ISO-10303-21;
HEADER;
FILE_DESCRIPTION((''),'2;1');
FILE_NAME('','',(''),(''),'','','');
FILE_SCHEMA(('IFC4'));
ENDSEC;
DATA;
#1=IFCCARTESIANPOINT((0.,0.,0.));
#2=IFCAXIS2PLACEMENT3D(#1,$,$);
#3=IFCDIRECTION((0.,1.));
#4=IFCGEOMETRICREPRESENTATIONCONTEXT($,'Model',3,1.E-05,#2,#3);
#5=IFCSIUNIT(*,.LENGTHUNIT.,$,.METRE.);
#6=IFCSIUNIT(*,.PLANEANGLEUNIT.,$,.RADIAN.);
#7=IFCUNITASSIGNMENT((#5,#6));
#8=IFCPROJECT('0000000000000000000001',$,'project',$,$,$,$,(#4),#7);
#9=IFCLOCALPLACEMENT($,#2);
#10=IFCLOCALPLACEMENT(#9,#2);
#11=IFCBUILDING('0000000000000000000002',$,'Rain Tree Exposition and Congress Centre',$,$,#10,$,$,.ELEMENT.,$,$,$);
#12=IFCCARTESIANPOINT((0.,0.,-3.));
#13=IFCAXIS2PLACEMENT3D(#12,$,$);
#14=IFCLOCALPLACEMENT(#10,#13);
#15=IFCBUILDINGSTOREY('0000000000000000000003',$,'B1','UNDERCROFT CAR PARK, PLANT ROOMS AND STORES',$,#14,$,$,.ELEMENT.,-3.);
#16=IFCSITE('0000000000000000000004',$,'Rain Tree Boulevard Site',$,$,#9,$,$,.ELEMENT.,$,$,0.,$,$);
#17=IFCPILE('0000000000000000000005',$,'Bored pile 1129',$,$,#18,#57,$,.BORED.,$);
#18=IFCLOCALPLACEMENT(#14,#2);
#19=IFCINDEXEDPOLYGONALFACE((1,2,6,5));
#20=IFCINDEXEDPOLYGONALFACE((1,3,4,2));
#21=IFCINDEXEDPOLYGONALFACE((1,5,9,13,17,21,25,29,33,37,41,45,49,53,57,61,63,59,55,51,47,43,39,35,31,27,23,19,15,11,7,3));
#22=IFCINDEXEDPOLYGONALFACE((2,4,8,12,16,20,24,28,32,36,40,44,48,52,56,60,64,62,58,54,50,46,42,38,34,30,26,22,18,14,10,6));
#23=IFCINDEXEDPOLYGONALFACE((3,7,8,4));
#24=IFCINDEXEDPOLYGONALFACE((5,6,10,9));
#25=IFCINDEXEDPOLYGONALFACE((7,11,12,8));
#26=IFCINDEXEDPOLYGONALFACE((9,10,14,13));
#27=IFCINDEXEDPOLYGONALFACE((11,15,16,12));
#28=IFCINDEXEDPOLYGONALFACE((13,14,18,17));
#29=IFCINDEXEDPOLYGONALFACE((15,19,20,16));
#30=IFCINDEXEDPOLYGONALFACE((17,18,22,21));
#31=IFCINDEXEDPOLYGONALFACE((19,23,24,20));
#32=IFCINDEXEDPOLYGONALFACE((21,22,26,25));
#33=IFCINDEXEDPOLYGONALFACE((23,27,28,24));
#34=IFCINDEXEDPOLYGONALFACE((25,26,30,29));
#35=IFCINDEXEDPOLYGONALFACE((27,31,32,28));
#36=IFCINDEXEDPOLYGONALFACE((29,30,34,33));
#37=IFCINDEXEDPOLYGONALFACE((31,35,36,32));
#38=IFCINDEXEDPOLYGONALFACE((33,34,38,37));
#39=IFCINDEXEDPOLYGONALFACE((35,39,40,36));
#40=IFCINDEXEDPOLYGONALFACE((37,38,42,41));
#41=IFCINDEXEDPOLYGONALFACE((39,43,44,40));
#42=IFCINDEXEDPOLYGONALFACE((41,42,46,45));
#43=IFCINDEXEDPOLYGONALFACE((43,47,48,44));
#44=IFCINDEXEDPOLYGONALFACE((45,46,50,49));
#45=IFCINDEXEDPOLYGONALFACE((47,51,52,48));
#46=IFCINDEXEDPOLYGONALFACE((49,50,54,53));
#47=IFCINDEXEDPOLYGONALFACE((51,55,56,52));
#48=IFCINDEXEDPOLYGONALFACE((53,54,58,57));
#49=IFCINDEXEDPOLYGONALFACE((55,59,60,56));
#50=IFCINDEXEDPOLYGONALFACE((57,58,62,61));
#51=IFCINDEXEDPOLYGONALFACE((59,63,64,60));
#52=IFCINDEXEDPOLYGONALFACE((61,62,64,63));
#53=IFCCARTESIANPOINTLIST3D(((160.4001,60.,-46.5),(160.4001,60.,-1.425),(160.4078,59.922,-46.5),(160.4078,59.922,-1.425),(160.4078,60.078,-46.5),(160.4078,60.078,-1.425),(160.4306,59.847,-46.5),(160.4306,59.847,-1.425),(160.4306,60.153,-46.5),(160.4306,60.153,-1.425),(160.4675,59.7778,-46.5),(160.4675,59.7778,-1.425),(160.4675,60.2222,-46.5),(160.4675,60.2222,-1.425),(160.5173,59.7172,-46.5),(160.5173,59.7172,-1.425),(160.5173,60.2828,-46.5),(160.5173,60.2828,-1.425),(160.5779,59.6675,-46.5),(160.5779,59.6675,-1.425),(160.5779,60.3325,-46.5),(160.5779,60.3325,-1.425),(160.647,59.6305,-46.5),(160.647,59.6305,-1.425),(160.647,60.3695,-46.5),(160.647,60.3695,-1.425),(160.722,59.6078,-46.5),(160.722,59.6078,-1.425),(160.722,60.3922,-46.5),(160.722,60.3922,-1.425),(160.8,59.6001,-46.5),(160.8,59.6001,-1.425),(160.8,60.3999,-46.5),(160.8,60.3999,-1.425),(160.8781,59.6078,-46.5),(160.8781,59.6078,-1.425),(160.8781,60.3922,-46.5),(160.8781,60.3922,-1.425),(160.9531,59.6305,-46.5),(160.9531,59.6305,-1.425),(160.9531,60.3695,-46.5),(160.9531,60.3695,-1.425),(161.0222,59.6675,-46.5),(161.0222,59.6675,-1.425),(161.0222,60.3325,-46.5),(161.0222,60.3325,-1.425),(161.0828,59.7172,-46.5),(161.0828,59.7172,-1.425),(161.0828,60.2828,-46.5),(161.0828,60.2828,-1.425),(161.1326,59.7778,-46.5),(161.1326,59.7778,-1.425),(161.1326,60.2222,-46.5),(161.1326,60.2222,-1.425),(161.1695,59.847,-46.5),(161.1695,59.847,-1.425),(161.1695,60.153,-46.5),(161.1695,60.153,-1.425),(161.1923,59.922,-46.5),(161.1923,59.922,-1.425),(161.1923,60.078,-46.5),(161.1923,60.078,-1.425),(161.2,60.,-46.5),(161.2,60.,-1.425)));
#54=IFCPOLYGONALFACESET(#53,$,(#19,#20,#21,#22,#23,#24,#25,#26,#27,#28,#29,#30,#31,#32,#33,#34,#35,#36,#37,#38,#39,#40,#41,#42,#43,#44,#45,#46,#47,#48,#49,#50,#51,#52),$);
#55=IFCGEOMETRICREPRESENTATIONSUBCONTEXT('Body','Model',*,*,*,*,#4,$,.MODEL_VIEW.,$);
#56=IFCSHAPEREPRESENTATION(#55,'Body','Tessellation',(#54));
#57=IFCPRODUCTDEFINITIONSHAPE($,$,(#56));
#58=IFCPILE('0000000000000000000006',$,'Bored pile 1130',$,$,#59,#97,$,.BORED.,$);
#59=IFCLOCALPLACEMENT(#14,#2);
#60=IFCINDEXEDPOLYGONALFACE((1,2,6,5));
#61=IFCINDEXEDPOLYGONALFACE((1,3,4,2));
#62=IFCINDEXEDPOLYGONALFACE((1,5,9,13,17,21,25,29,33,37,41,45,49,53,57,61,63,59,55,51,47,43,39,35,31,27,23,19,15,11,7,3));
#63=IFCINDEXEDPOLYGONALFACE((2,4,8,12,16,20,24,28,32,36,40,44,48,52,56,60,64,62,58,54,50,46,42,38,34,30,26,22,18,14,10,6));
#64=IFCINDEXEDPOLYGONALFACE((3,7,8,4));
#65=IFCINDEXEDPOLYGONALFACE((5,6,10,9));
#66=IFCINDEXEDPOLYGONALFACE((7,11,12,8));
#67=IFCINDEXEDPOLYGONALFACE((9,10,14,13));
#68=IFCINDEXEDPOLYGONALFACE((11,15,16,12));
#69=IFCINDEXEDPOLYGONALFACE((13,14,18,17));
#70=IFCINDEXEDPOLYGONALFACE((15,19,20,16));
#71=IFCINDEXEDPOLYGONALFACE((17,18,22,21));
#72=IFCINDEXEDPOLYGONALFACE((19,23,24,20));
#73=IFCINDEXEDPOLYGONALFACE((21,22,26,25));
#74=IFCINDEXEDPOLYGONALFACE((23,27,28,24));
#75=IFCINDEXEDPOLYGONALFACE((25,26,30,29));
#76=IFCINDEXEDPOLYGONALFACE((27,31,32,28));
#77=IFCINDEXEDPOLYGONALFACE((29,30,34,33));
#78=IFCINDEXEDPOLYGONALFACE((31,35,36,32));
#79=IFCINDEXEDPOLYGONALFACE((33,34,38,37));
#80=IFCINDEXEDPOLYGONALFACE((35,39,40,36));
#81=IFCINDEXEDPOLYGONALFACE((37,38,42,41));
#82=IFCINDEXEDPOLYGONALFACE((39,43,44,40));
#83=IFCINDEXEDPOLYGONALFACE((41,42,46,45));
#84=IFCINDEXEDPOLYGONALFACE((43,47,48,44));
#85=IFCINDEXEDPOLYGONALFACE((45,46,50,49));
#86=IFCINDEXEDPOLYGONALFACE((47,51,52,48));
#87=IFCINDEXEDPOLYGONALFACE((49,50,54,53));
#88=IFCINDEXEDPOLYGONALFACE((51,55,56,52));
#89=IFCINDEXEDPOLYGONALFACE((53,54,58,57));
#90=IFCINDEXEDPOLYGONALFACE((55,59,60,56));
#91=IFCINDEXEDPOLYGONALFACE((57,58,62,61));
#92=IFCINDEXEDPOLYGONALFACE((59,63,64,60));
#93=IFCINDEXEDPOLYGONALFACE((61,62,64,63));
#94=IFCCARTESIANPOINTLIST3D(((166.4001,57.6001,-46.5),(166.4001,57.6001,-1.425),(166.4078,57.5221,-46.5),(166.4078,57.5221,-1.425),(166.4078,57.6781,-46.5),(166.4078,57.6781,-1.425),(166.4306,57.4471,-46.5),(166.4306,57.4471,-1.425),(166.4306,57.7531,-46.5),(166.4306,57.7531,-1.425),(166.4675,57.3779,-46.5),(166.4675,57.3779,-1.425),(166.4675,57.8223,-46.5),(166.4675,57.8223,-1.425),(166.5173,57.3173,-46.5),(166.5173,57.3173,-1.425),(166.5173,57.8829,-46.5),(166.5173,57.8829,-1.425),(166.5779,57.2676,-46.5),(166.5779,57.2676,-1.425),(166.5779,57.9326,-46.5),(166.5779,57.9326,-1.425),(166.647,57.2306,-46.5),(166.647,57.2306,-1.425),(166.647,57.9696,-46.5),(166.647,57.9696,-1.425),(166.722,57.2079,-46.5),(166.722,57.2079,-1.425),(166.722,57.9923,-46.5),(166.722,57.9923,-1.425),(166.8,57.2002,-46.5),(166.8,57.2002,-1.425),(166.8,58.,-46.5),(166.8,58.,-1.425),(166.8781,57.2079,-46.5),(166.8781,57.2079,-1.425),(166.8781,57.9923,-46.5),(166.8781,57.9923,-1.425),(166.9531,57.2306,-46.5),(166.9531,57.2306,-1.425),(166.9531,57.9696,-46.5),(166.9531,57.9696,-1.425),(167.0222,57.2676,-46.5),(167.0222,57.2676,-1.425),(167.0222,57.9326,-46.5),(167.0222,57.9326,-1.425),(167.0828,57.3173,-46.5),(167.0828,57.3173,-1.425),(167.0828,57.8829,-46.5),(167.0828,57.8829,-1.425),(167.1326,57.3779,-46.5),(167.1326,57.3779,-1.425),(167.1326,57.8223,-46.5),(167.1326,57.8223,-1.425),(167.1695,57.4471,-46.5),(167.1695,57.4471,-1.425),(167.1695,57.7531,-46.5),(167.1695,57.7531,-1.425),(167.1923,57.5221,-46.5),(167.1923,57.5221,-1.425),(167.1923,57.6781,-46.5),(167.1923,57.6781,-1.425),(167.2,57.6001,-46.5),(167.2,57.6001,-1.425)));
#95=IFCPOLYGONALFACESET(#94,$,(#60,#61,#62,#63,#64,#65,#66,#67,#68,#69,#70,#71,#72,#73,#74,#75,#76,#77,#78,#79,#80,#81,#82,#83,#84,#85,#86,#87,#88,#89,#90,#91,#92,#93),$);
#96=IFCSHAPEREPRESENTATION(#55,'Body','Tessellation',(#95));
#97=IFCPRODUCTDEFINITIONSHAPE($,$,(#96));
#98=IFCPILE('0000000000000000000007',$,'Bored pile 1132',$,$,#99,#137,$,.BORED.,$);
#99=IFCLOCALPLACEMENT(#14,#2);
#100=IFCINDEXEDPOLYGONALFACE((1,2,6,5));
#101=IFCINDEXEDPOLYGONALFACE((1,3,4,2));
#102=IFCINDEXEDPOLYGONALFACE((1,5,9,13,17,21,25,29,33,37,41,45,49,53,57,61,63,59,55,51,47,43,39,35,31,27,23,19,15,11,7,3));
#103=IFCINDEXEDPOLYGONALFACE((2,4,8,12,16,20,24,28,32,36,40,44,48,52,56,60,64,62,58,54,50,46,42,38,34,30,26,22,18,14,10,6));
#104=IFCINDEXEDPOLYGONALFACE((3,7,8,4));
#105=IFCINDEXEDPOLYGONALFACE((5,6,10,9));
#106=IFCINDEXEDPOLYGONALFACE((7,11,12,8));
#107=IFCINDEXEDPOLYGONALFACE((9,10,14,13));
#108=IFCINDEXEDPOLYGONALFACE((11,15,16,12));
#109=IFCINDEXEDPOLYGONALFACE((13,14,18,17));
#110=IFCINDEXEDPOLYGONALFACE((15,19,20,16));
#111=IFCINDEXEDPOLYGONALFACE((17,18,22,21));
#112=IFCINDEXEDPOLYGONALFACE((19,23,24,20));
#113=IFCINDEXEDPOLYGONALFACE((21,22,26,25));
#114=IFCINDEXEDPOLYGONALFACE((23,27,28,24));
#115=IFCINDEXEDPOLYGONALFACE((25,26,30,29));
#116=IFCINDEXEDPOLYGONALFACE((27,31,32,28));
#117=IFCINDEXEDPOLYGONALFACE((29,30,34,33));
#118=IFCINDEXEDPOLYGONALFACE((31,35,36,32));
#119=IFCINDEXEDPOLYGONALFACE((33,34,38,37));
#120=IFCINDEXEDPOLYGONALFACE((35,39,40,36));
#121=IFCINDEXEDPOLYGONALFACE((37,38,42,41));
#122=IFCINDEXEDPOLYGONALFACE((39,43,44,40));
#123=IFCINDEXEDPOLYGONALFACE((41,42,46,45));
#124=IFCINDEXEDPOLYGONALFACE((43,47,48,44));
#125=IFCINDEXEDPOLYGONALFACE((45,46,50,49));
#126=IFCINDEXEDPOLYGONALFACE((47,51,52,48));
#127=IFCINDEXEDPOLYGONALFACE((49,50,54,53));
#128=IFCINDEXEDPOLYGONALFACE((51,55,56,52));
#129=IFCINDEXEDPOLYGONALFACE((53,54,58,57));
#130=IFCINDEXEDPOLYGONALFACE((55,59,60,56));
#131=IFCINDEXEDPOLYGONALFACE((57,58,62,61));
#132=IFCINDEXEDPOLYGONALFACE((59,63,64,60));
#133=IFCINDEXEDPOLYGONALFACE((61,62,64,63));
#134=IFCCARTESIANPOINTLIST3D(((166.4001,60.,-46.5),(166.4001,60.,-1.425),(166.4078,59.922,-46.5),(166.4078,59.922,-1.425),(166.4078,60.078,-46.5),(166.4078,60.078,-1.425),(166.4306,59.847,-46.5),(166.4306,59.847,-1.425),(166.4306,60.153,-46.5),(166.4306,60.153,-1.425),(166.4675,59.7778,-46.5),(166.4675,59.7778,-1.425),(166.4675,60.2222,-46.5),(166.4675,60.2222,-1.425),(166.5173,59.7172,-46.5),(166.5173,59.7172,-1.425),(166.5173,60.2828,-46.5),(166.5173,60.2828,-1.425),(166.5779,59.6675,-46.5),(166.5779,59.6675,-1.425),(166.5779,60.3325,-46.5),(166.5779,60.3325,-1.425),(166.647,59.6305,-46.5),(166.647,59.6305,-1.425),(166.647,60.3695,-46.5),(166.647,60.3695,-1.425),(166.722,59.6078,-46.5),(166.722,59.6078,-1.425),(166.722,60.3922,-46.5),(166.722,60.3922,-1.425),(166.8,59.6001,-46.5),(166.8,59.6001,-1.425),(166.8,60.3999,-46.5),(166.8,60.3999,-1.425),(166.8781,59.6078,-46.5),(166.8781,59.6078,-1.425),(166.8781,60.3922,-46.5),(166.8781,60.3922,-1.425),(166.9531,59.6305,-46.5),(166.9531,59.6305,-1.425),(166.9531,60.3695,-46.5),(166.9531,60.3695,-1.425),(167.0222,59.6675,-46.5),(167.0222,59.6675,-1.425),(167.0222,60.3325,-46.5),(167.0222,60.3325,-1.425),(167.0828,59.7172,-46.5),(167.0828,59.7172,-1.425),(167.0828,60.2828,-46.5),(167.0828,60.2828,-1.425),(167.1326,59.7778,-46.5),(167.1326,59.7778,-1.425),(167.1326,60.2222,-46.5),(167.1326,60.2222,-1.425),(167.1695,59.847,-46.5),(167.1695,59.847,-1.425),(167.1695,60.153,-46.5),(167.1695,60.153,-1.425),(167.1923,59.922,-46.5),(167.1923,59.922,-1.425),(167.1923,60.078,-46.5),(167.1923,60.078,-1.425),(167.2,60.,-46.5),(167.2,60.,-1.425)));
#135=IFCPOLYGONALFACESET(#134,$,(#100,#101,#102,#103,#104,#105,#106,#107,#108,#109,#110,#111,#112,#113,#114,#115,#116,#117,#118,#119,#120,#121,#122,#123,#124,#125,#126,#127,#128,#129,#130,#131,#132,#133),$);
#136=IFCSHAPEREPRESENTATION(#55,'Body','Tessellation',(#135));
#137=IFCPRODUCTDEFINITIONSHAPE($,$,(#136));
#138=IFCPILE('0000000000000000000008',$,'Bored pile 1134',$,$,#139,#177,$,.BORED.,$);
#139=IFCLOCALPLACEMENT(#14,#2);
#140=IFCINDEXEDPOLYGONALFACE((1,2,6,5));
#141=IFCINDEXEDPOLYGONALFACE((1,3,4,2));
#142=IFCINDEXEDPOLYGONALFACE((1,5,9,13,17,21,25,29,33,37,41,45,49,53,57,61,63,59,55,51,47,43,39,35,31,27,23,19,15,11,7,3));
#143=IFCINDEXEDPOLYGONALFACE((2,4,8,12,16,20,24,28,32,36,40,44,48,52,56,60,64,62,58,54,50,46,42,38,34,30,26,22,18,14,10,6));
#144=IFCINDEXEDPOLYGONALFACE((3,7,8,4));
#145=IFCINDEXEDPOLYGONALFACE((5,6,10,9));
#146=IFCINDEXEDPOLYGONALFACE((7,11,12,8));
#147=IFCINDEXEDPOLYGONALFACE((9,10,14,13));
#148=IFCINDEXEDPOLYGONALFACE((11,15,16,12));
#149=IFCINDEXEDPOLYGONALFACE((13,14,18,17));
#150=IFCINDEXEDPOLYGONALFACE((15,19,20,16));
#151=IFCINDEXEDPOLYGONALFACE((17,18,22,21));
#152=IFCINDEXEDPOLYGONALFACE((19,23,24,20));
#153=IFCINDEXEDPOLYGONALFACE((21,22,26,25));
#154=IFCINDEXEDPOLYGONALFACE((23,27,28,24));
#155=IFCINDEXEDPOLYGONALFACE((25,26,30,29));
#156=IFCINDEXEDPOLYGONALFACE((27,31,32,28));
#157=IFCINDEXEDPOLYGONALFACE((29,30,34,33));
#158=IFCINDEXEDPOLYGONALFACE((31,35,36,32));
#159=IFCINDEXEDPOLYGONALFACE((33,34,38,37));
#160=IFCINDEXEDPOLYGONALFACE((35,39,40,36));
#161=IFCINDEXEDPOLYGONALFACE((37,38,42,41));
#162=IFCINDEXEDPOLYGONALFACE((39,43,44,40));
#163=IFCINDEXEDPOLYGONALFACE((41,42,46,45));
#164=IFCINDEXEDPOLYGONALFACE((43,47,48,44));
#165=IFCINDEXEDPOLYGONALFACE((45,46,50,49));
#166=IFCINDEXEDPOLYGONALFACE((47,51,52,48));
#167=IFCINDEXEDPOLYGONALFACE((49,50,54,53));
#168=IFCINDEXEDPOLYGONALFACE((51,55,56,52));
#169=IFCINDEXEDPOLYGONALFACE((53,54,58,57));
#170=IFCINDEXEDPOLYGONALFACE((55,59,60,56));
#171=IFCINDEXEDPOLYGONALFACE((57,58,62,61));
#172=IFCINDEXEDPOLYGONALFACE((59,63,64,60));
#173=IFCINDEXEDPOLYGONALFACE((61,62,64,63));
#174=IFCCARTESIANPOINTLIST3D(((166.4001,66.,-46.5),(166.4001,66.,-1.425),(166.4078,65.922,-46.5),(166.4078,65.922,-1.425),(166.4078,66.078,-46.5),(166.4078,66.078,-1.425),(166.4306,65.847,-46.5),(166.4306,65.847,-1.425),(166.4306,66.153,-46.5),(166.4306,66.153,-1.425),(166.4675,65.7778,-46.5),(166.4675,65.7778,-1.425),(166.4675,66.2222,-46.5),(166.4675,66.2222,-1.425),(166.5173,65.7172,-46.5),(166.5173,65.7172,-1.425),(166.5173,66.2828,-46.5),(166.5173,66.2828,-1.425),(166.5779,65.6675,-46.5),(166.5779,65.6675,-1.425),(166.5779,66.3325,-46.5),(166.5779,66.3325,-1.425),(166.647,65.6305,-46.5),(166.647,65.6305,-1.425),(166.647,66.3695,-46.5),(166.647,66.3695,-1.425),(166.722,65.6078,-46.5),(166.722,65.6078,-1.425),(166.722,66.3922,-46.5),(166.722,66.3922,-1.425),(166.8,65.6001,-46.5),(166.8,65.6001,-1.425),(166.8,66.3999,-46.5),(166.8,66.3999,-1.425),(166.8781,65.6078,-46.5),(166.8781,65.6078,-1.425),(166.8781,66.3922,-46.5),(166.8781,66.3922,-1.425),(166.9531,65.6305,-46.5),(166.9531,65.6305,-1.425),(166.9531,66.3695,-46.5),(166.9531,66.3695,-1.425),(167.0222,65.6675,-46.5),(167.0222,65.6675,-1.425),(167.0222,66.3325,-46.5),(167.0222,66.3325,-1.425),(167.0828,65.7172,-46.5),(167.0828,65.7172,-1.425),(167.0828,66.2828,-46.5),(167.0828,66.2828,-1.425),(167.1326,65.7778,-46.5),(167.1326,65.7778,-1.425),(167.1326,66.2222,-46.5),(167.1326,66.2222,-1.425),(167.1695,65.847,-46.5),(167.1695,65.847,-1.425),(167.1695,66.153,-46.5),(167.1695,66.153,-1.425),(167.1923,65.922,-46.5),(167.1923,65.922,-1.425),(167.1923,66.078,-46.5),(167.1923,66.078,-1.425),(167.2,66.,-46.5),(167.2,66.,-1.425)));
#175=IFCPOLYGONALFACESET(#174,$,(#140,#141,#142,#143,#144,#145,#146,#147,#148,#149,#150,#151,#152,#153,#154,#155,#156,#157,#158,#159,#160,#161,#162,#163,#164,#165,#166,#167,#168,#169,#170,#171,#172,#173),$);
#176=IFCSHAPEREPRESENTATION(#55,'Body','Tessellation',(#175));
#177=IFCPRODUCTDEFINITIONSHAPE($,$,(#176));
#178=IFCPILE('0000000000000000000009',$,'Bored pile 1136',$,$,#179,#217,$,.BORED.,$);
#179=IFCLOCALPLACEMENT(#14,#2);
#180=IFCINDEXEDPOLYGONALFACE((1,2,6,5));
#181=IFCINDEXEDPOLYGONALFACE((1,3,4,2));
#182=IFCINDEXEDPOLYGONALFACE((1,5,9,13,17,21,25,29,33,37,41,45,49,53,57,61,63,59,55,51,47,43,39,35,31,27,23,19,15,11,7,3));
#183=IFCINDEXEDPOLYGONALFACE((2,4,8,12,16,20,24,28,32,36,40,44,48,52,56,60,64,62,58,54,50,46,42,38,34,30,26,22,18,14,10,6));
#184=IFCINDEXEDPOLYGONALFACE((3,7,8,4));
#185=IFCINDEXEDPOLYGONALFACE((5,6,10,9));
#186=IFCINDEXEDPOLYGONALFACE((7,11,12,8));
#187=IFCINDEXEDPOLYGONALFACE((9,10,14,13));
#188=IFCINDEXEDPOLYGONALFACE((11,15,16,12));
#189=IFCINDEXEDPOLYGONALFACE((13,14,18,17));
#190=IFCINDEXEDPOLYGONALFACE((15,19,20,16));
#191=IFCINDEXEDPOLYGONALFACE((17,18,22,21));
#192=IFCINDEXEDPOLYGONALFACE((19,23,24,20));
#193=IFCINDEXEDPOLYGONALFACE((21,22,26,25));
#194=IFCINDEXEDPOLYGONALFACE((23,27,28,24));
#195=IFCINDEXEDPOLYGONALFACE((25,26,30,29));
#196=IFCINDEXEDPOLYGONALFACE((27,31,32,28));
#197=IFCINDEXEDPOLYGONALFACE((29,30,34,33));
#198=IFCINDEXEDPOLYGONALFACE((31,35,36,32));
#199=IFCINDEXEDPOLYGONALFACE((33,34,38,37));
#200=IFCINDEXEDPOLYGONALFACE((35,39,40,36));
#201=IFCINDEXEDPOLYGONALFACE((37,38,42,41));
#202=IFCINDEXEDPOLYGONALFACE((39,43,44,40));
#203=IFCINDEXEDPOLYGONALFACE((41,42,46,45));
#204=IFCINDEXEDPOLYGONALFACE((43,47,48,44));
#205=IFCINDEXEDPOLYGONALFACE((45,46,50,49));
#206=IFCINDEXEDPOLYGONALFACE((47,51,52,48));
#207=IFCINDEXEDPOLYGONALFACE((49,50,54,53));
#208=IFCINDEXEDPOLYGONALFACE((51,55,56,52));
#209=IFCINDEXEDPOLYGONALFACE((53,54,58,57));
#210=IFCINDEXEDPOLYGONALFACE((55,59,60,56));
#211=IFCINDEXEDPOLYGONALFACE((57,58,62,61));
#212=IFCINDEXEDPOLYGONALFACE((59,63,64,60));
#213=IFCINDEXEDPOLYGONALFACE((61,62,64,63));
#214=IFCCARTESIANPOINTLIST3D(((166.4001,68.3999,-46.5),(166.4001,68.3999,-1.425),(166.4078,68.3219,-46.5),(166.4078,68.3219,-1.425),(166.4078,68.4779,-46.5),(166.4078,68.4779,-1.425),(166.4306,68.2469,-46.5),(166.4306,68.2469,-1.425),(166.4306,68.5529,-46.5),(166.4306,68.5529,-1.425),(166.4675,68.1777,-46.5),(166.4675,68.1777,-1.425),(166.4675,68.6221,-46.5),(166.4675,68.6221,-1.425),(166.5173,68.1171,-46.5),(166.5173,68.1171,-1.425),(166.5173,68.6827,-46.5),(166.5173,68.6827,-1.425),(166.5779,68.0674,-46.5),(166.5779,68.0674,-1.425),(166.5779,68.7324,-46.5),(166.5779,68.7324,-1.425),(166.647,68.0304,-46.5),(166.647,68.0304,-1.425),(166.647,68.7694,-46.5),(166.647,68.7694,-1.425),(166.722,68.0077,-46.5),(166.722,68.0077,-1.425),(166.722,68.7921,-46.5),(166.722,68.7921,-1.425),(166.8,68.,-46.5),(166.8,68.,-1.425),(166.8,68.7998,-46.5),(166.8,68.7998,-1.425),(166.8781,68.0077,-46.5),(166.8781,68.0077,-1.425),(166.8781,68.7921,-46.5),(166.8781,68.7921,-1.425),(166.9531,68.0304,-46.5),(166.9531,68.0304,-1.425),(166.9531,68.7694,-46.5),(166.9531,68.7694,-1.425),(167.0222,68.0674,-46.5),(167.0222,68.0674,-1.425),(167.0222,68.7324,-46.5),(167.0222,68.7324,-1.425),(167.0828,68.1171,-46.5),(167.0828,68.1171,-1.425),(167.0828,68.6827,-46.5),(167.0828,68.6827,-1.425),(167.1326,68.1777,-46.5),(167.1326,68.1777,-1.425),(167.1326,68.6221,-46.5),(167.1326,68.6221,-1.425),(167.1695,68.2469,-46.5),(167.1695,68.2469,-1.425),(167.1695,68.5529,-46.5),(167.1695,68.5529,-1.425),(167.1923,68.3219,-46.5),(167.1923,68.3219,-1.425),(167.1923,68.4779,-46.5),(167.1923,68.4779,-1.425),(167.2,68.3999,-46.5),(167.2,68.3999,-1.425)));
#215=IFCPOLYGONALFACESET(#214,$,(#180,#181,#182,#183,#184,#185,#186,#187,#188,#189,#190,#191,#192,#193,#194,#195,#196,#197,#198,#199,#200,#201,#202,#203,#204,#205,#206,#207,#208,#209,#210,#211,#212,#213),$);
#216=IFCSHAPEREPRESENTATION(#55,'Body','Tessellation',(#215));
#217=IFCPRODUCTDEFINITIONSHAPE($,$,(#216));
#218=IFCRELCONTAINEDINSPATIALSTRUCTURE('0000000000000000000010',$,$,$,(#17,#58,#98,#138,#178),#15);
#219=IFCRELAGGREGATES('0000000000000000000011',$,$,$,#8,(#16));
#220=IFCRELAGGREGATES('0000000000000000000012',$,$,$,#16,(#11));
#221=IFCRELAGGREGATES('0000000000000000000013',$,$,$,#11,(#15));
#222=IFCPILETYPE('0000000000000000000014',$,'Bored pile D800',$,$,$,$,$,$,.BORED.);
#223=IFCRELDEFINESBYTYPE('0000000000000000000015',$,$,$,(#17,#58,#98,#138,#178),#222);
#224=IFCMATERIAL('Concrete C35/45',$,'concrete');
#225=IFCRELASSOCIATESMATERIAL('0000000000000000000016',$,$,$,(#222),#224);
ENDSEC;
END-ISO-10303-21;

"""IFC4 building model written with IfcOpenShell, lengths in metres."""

from ifc_helpers import new_model, si_unit, direction, frame, origin, origin_2d, place, context, subcontext, project, spatial, circle, extrude, material, material_profile, profile_set, type_object, element, save


model = new_model("IFC4")

# Units and contexts
model_context = context("Model", 3, precision=1e-05, world=origin(), true_north=direction((0.0, 1.0)))
body_context = subcontext(model_context, "Body", "Model", "MODEL_VIEW")
ifc_project = project(units=[si_unit("LENGTHUNIT", "METRE"), si_unit("PLANEANGLEUNIT", "RADIAN")], contexts=[model_context])

# Site, building, storey
site_placement = place(None, origin())
site = spatial("IfcSite", under=ifc_project, at=site_placement, Name="Rain Tree Boulevard Site", CompositionType="ELEMENT", RefElevation=0.0)
building_placement = place(site_placement, origin())
building = spatial("IfcBuilding", under=site, at=building_placement, Name="Rain Tree Exposition and Congress Centre", CompositionType="ELEMENT")
storey_placement = place(building_placement, frame((0.0, 0.0, -3.0)))
storey = spatial("IfcBuildingStorey", under=building, at=storey_placement, Name="B1", Description="UNDERCROFT CAR PARK, PLANT ROOMS AND STORES", CompositionType="ELEMENT", Elevation=-3.0)

# Piles
ifc_material_1 = material(Name="Concrete C35/45", Category="concrete")
ifc_material_profile_1 = material_profile(ifc_material_1, circle(Radius=0.3999, at=origin_2d()), Name="D800")
ifc_profile_set_1 = profile_set([ifc_material_profile_1], Name="Concrete C35/45")
pile_type_1 = type_object("IfcPileType", Name="Bored pile D800", PredefinedType="BORED", material=ifc_profile_set_1)
for number, where, z_axis, x_axis, name in (
    (1, (160.8, 60.0, -1.425), (0.0, 0.0, -1.0), (1.0, 0.0, 0.0), "Bored pile 1129"),
    (2, (166.8, 57.6001, -1.425), (0.0, 0.0, -1.0), (1.0, 0.0, 0.0), "Bored pile 1130"),
    (3, (166.8, 60.0, -1.425), (0.0, 0.0, -1.0), (1.0, 0.0, 0.0), "Bored pile 1132"),
    (4, (166.8, 66.0, -1.425), (0.0, 0.0, -1.0), (1.0, 0.0, 0.0), "Bored pile 1134"),
    (5, (166.8, 68.3999, -1.425), (0.0, 0.0, -1.0), (1.0, 0.0, 0.0), "Bored pile 1136"),
):
    element("IfcPile", number, at=place(storey_placement, frame(where, z_axis=z_axis, x_axis=x_axis)), inside=storey, type_object=pile_type_1, Name=name, PredefinedType="BORED", context=body_context, shape_type="SweptSolid", body=[
        extrude(circle(Radius=0.3999, at=origin_2d()), origin(), (0.0, 0.0, 1.0), 45.075),
    ])

save(model, "model.ifc")
